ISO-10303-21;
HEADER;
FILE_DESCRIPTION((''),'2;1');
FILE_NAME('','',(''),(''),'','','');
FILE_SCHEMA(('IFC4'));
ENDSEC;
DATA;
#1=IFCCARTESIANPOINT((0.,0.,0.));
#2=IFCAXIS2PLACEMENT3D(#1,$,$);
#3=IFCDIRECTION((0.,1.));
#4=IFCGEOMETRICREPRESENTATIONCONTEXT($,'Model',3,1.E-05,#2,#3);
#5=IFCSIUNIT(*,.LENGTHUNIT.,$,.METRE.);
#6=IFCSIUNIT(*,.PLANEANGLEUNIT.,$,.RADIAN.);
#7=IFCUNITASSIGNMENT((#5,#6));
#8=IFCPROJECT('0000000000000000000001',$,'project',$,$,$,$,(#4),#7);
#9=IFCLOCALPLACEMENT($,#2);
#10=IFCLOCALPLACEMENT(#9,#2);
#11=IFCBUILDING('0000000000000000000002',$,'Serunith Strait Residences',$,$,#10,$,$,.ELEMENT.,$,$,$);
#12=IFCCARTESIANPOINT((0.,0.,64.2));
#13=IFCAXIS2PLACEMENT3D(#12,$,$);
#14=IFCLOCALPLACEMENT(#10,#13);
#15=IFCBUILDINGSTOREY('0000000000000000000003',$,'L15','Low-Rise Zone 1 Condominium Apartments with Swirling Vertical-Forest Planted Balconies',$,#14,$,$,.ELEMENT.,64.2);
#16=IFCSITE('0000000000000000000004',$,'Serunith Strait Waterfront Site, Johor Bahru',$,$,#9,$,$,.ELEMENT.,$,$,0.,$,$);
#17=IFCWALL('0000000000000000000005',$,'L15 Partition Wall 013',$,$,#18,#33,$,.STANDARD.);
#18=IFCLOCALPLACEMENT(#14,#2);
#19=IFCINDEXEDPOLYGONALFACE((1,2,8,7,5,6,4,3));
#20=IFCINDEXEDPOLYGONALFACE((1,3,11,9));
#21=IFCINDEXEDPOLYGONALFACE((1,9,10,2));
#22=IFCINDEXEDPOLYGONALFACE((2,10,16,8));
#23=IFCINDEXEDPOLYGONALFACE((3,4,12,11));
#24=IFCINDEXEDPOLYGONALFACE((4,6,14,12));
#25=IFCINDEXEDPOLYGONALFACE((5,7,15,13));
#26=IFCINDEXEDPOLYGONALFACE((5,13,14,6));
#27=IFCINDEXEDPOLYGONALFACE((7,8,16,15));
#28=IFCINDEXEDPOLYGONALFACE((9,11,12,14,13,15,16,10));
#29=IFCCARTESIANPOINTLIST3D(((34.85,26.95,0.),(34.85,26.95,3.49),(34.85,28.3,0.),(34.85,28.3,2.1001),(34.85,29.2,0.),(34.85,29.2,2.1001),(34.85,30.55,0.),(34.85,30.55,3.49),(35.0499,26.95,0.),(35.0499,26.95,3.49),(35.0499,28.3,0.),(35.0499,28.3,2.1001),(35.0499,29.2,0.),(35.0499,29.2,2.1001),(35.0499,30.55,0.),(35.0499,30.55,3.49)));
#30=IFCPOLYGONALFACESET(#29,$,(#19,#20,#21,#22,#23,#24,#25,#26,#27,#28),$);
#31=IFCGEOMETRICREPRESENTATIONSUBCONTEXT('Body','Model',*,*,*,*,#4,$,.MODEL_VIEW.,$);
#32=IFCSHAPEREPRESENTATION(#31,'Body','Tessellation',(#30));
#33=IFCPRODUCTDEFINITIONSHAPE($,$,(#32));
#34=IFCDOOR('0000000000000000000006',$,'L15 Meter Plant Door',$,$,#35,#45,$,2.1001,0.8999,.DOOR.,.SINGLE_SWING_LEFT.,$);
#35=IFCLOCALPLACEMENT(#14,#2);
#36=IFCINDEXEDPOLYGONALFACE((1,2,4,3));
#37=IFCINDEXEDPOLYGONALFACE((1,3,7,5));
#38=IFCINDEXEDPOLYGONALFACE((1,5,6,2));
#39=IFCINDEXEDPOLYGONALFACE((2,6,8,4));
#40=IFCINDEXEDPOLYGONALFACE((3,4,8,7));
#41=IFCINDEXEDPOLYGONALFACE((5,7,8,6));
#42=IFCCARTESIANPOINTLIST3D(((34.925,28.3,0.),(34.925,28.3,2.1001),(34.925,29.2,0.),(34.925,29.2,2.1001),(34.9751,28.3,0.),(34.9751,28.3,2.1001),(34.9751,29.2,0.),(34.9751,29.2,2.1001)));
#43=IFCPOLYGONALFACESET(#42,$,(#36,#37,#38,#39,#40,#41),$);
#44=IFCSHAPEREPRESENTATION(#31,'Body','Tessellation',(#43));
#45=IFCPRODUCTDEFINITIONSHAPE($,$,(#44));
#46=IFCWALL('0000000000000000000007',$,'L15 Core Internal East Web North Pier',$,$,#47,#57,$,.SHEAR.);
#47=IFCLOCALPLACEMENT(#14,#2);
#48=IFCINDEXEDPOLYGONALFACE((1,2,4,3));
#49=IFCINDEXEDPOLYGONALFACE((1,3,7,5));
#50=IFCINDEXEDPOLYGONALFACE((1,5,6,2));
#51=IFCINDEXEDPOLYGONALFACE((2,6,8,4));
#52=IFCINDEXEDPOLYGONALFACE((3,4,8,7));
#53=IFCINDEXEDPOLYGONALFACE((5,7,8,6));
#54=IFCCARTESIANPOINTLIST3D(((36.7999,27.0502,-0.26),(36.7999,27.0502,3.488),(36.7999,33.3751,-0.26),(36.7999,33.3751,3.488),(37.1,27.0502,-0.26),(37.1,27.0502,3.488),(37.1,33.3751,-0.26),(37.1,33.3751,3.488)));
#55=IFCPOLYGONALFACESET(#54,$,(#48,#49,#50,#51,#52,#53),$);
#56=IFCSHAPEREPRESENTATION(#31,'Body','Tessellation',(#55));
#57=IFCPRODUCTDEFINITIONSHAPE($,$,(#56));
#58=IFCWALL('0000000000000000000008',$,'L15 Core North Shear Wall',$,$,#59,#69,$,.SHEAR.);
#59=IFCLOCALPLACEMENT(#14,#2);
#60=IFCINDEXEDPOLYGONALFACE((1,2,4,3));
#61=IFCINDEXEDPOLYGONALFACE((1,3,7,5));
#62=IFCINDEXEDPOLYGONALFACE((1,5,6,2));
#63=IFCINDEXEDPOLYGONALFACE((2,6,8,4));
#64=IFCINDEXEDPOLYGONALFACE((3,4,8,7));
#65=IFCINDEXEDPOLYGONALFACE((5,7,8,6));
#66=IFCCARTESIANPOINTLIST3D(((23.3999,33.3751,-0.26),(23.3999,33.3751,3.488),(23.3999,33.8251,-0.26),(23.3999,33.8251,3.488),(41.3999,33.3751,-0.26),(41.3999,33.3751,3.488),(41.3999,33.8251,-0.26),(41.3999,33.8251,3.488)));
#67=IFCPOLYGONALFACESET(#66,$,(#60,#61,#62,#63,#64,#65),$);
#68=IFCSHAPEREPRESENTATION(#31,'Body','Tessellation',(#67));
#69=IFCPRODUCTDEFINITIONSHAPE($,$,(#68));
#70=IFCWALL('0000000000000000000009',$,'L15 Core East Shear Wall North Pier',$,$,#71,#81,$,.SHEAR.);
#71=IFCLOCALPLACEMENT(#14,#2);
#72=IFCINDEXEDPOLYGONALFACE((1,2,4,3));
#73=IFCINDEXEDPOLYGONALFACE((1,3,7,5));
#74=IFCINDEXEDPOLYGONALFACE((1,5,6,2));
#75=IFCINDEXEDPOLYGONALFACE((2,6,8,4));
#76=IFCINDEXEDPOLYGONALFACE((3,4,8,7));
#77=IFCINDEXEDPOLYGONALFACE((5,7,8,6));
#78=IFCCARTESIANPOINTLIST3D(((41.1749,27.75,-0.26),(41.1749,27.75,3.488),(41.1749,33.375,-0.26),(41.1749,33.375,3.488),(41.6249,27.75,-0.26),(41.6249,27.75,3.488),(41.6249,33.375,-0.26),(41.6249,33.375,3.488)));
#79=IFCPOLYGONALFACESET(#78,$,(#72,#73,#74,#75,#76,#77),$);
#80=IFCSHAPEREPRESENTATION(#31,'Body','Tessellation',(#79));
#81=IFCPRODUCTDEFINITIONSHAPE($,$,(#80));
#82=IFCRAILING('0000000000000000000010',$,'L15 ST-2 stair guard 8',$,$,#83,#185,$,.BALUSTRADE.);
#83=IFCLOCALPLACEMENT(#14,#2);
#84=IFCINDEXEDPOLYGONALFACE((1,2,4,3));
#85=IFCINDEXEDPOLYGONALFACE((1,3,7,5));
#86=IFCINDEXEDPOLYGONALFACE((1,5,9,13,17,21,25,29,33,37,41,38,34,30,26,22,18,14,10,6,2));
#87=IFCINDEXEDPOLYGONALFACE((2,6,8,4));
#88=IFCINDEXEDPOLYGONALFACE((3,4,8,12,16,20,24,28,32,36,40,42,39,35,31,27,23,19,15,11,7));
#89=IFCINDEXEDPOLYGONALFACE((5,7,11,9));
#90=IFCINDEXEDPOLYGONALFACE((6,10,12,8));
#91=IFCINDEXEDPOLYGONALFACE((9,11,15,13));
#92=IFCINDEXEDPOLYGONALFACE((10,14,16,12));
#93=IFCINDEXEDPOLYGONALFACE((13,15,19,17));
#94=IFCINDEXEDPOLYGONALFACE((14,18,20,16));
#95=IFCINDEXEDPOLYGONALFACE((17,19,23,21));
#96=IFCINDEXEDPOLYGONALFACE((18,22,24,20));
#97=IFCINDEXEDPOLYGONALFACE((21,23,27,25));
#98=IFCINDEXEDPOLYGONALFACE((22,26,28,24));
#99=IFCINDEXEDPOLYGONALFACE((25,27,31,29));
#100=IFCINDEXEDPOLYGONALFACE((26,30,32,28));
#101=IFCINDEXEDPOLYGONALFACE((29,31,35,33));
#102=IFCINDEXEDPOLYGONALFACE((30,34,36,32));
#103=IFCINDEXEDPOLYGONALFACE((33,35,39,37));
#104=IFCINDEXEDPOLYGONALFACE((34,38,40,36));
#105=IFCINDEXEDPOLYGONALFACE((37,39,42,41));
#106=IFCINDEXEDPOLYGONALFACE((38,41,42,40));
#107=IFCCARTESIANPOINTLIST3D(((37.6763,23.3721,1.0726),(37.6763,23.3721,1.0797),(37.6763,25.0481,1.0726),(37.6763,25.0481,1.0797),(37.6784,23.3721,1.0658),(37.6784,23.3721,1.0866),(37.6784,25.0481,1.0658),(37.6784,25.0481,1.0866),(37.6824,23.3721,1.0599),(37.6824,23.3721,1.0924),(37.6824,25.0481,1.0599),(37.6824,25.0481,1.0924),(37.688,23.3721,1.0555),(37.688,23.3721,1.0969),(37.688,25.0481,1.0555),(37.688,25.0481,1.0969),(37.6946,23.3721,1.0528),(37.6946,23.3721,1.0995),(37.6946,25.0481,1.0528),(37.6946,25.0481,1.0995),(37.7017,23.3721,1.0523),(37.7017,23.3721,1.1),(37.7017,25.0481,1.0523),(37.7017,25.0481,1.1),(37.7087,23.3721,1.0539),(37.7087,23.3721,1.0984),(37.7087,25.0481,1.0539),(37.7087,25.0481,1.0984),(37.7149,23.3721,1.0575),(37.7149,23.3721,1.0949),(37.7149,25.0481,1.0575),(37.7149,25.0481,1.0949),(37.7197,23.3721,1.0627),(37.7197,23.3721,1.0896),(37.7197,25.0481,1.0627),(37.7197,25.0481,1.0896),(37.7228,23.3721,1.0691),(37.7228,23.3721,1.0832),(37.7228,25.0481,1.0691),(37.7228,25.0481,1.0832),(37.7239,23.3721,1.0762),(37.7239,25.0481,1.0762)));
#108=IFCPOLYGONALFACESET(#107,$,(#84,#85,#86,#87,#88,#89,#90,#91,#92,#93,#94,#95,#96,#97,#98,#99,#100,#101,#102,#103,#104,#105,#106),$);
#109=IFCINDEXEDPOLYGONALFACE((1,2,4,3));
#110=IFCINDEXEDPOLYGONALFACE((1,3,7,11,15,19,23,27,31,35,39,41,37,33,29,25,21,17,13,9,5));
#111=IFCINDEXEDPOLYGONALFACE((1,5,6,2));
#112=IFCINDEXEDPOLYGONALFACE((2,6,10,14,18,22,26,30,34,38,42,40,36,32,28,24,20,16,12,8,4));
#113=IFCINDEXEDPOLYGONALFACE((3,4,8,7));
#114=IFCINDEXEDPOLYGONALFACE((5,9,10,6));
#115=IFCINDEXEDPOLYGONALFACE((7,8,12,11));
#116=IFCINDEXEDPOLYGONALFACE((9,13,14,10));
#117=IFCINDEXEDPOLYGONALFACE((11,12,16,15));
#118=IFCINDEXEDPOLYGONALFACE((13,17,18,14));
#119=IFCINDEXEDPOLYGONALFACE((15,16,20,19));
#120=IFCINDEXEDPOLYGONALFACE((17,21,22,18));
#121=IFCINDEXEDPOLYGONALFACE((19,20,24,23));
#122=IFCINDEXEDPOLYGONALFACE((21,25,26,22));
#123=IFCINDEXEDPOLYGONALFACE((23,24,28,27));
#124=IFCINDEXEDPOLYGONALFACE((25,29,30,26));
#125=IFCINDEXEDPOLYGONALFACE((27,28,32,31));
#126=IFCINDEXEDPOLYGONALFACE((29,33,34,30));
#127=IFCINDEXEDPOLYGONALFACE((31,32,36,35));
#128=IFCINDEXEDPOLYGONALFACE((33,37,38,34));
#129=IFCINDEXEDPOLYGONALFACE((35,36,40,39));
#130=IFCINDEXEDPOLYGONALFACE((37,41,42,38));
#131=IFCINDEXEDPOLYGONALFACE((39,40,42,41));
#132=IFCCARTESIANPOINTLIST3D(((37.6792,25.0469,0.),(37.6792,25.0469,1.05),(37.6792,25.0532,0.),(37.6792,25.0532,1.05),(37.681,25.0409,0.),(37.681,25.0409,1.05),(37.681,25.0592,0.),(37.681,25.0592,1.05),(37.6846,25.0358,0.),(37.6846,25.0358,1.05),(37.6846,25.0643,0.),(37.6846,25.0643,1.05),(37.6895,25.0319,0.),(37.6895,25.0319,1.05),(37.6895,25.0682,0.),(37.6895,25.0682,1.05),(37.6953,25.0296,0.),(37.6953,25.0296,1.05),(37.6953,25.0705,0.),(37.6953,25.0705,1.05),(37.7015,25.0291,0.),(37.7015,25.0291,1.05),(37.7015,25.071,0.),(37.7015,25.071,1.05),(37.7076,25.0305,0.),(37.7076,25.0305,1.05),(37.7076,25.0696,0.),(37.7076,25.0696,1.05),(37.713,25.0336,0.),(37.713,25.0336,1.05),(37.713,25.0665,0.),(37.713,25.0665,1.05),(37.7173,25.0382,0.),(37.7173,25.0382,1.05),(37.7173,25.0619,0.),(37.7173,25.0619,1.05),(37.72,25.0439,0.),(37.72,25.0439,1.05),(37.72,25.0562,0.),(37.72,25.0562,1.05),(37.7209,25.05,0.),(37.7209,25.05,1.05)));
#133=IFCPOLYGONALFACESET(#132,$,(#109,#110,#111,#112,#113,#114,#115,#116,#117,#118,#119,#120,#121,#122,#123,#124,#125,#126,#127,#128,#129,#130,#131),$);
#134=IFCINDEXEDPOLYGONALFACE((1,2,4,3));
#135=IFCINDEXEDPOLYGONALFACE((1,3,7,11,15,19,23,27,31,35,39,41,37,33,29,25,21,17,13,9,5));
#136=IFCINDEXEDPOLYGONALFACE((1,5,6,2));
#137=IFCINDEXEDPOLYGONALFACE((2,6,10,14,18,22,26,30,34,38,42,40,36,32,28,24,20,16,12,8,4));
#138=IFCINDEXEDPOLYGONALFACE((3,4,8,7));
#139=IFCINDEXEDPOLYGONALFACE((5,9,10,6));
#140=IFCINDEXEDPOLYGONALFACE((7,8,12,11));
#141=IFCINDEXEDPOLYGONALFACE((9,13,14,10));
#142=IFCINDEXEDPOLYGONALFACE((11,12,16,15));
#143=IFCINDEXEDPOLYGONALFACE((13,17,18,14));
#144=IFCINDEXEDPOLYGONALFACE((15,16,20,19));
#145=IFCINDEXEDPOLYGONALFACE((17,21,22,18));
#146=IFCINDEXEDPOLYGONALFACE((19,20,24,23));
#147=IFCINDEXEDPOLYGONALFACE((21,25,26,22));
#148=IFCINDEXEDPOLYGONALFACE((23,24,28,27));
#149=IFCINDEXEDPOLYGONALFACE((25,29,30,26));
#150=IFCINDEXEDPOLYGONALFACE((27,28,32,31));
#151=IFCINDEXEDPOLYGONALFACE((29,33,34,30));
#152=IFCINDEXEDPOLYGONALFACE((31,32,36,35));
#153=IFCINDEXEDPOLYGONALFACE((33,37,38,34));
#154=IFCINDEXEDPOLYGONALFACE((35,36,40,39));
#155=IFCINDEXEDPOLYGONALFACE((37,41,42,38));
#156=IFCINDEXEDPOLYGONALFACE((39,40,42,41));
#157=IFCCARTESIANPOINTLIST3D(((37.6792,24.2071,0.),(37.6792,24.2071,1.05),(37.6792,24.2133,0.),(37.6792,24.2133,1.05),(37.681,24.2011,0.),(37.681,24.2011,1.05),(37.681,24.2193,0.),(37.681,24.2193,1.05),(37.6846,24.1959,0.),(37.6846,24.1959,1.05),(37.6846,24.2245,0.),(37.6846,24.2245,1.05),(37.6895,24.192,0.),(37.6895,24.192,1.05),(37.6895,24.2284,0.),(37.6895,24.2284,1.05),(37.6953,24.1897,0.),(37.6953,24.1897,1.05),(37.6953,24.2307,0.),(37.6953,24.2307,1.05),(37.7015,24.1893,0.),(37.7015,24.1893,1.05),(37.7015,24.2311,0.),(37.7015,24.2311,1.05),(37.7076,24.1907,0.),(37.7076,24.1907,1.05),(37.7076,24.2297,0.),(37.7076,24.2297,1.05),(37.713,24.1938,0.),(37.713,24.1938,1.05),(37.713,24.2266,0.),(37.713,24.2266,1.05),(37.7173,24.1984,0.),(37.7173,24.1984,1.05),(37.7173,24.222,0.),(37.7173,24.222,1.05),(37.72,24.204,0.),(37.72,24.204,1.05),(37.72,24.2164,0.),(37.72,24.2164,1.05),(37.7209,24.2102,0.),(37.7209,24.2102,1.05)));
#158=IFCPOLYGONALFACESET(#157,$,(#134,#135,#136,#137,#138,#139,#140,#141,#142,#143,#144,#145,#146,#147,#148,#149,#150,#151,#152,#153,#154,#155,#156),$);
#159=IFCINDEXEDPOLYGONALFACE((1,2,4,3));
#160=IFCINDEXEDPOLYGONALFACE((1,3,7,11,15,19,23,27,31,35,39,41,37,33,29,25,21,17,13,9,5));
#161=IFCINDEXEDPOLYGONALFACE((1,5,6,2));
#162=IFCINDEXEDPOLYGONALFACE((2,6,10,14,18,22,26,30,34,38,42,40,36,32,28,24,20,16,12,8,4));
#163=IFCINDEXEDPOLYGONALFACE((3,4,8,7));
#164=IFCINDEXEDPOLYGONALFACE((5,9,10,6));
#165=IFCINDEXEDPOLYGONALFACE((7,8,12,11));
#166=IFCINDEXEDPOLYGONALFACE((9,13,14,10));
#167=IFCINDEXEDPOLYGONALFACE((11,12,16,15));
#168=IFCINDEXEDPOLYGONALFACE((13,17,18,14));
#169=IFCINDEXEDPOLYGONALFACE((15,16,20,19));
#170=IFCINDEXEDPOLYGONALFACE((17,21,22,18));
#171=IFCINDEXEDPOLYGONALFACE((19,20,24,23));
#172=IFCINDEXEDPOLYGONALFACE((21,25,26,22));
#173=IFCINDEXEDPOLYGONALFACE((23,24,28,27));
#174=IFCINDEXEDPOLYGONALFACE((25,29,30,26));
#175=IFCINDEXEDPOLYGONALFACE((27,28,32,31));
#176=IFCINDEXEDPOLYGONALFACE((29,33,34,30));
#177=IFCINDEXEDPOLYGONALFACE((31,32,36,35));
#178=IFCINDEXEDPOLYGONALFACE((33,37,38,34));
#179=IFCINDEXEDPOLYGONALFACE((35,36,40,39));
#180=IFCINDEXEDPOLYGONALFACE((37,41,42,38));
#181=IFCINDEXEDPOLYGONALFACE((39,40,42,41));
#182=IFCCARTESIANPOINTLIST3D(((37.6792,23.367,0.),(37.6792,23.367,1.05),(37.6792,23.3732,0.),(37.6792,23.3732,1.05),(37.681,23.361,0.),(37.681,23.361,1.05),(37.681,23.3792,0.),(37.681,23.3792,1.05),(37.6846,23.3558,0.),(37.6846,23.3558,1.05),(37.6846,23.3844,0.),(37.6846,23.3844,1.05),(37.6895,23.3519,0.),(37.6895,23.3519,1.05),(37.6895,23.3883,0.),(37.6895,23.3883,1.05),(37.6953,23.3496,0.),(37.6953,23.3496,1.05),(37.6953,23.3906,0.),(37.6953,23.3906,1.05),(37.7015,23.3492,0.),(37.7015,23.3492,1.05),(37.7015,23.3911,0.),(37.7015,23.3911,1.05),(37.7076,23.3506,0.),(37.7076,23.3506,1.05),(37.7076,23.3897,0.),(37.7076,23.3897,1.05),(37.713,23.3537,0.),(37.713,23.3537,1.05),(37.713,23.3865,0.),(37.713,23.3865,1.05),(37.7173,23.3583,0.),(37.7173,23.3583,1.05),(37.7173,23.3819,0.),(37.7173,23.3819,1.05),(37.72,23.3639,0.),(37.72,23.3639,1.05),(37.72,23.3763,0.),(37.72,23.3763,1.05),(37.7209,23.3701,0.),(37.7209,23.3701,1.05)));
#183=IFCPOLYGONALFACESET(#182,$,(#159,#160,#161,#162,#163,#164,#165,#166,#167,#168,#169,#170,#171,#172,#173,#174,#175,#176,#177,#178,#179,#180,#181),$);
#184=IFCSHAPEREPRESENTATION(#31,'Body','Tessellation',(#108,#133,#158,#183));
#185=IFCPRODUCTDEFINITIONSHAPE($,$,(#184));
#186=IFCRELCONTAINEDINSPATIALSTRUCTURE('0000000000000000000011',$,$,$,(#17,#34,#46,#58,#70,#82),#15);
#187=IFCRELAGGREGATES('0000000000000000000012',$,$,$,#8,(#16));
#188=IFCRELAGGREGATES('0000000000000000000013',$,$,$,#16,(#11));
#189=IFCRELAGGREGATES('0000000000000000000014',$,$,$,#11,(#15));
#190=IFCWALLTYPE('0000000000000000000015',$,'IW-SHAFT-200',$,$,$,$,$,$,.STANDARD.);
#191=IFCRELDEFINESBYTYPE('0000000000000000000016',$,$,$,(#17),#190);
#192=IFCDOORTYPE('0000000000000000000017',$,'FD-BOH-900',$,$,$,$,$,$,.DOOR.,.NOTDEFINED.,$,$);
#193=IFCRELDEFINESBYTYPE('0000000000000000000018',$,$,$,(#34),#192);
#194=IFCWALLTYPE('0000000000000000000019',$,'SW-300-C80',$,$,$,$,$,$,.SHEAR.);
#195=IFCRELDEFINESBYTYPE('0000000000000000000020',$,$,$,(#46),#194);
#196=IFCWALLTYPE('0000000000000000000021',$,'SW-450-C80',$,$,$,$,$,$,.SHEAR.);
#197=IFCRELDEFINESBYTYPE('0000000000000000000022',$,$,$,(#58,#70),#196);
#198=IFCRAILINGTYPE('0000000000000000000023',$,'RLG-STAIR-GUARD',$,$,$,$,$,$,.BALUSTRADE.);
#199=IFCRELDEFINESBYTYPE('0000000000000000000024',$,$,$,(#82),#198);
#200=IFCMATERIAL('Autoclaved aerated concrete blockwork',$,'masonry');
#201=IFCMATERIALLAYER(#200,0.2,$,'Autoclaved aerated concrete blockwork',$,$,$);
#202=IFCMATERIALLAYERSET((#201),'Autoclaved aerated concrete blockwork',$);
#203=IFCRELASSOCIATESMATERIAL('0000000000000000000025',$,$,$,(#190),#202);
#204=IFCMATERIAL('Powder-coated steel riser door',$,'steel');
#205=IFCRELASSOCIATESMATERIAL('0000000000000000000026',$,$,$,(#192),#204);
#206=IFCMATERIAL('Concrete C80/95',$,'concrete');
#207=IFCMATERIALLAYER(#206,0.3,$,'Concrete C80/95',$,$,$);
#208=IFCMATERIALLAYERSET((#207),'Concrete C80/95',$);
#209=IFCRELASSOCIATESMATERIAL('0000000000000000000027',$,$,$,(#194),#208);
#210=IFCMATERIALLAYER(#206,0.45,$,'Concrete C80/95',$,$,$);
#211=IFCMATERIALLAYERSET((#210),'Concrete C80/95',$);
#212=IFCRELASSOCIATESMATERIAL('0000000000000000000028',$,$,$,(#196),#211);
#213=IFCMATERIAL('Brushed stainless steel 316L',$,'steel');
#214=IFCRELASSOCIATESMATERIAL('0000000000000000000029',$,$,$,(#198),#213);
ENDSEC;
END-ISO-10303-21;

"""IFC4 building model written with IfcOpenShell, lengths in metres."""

from ifc_helpers import new_model, si_unit, direction, frame, frame_2d, origin, origin_2d, place, context, subcontext, project, spatial, rectangle, circle, extrude, source, transform, mapped, material, layer, layer_set, type_object, element, fill, save


model = new_model("IFC4")

# Units and contexts
model_context = context("Model", 3, precision=1e-05, world=origin(), true_north=direction((0.0, 1.0)))
body_context = subcontext(model_context, "Body", "Model", "MODEL_VIEW")
ifc_project = project(units=[si_unit("LENGTHUNIT", "METRE"), si_unit("PLANEANGLEUNIT", "RADIAN")], contexts=[model_context])

# Site, building, storey
site_placement = place(None, origin())
site = spatial("IfcSite", under=ifc_project, at=site_placement, Name="Serunith Strait Waterfront Site, Johor Bahru", CompositionType="ELEMENT", RefElevation=0.0)
building_placement = place(site_placement, origin())
building = spatial("IfcBuilding", under=site, at=building_placement, Name="Serunith Strait Residences", CompositionType="ELEMENT")
storey_placement = place(building_placement, frame((0.0, 0.0, 64.2)))
storey = spatial("IfcBuildingStorey", under=building, at=storey_placement, Name="L15", Description="Low-Rise Zone 1 Condominium Apartments with Swirling Vertical-Forest Planted Balconies", CompositionType="ELEMENT", Elevation=64.2)

# Shared definitions
ifc_material_1 = material(Name="Autoclaved aerated concrete blockwork", Category="masonry")
ifc_layer_1 = layer(ifc_material_1, 0.2, Name="Autoclaved aerated concrete blockwork")
ifc_layer_set_1 = layer_set([ifc_layer_1], Name="Autoclaved aerated concrete blockwork")
wall_type_1 = type_object("IfcWallType", Name="IW-SHAFT-200", PredefinedType="STANDARD", material=ifc_layer_set_1)

# Wall, opening, door
wall_1_placement = place(storey_placement, frame((34.95, 26.95, 0.0), z_axis=(0.0, 0.0, 1.0), x_axis=(0.0, 1.0, 0.0)))
wall_1 = element("IfcWall", 1, at=wall_1_placement, inside=storey, type_object=wall_type_1, Name="L15 Partition Wall 013", PredefinedType="STANDARD", context=body_context, shape_type="SweptSolid", body=[
    extrude(rectangle(XDim=3.6001, YDim=0.2, at=frame_2d((1.8, 0.0))), origin(), (0.0, 0.0, 1.0), 3.49),
])
opening_1_placement = place(wall_1_placement, frame((1.3501, 0.0, 0.0)))
opening_1 = element("IfcOpeningElement", 2, at=opening_1_placement, cuts=wall_1, PredefinedType="OPENING", context=body_context, shape_type="SweptSolid", body=[
    extrude(rectangle(XDim=0.8999, YDim=2.1001, at=frame_2d((0.45, 1.05))), frame((0.0, 0.1099, 0.0), z_axis=(0.0, -1.0, 0.0), x_axis=(1.0, 0.0, 0.0)), (0.0, 0.0, 1.0), 0.22),
])
ifc_material_2 = material(Name="Powder-coated steel riser door", Category="steel")
door_type_1 = type_object("IfcDoorType", Name="FD-BOH-900", OperationType="NOTDEFINED", PredefinedType="DOOR", material=ifc_material_2)
shared_shape_1 = source(origin(), body_context, "Body", "SweptSolid", [
    extrude(rectangle(XDim=0.8999, YDim=2.1001, at=frame_2d((0.45, 1.05))), frame((0.0, 0.0249, 0.0), z_axis=(0.0, -1.0, 0.0), x_axis=(1.0, 0.0, 0.0)), (0.0, 0.0, 1.0), 0.05),
])
door_1_placement = place(opening_1_placement, origin())
door_1 = element("IfcDoor", 3, at=door_1_placement, inside=storey, type_object=door_type_1, Name="L15 Meter Plant Door", OperationType="SINGLE_SWING_LEFT", OverallHeight=2.1001, OverallWidth=0.8999, PredefinedType="DOOR", context=body_context, shape_type="MappedRepresentation", body=[
    mapped(shared_shape_1, transform((0.0, 0.0, 0.0), scale=1.0)),
])
fill(opening_1, door_1)

# Walls
ifc_material_3 = material(Name="Concrete C80/95", Category="concrete")
ifc_layer_2 = layer(ifc_material_3, 0.3, Name="Concrete C80/95")
ifc_layer_set_2 = layer_set([ifc_layer_2], Name="Concrete C80/95")
wall_type_2 = type_object("IfcWallType", Name="SW-300-C80", PredefinedType="SHEAR", material=ifc_layer_set_2)
wall_2_placement = place(storey_placement, frame((36.95, 27.05, -0.26), z_axis=(0.0, 0.0, 1.0), x_axis=(0.0, 1.0, 0.0)))
element("IfcWall", 4, at=wall_2_placement, inside=storey, type_object=wall_type_2, Name="L15 Core Internal East Web North Pier", PredefinedType="SHEAR", context=body_context, shape_type="SweptSolid", body=[
    extrude(rectangle(XDim=6.325, YDim=0.3, at=frame_2d((3.1626, 0.0))), origin(), (0.0, 0.0, 1.0), 3.748),
])
ifc_layer_3 = layer(ifc_material_3, 0.45, Name="Concrete C80/95")
ifc_layer_set_3 = layer_set([ifc_layer_3], Name="Concrete C80/95")
wall_type_3 = type_object("IfcWallType", Name="SW-450-C80", PredefinedType="SHEAR", material=ifc_layer_set_3)
wall_3_placement = place(storey_placement, frame((41.3999, 33.6001, -0.26), z_axis=(0.0, 0.0, 1.0), x_axis=(-1.0, 0.0, 0.0)))
element("IfcWall", 5, at=wall_3_placement, inside=storey, type_object=wall_type_3, Name="L15 Core North Shear Wall", PredefinedType="SHEAR", context=body_context, shape_type="SweptSolid", body=[
    extrude(rectangle(XDim=18.0, YDim=0.45, at=frame_2d((9.0, 0.0))), origin(), (0.0, 0.0, 1.0), 3.748),
])
wall_4_placement = place(storey_placement, frame((41.3999, 27.75, -0.26), z_axis=(0.0, 0.0, 1.0), x_axis=(0.0, 1.0, 0.0)))
element("IfcWall", 6, at=wall_4_placement, inside=storey, type_object=wall_type_3, Name="L15 Core East Shear Wall North Pier", PredefinedType="SHEAR", context=body_context, shape_type="SweptSolid", body=[
    extrude(rectangle(XDim=5.625, YDim=0.45, at=frame_2d((2.8125, 0.0))), origin(), (0.0, 0.0, 1.0), 3.748),
])

# Railing
ifc_material_4 = material(Name="Brushed stainless steel 316L", Category="steel")
railing_type = type_object("IfcRailingType", Name="RLG-STAIR-GUARD", PredefinedType="BALUSTRADE", material=ifc_material_4)
for number, where, name in (
    (7, (37.7, 25.05, 0.0), "L15 ST-2 stair guard 8"),
):
    element("IfcRailing", number, at=place(storey_placement, frame(where)), inside=storey, type_object=railing_type, Name=name, PredefinedType="BALUSTRADE", context=body_context, shape_type="SweptSolid", body=[
        extrude(circle(Radius=0.0239, at=origin_2d()), frame((0.0, -0.002, 1.0762), z_axis=(0.0, -1.0, 0.0), x_axis=(1.0, 0.0, 0.0)), (0.0, 0.0, 1.0), 1.676),
        extrude(circle(Radius=0.021, at=origin_2d()), origin(), (0.0, 0.0, 1.0), 1.05),
        extrude(circle(Radius=0.021, at=origin_2d()), frame((0.0, -0.8398, 0.0)), (0.0, 0.0, 1.0), 1.05),
        extrude(circle(Radius=0.021, at=origin_2d()), frame((0.0, -1.6799, 0.0)), (0.0, 0.0, 1.0), 1.05),
    ])

save(model, "model.ifc")
